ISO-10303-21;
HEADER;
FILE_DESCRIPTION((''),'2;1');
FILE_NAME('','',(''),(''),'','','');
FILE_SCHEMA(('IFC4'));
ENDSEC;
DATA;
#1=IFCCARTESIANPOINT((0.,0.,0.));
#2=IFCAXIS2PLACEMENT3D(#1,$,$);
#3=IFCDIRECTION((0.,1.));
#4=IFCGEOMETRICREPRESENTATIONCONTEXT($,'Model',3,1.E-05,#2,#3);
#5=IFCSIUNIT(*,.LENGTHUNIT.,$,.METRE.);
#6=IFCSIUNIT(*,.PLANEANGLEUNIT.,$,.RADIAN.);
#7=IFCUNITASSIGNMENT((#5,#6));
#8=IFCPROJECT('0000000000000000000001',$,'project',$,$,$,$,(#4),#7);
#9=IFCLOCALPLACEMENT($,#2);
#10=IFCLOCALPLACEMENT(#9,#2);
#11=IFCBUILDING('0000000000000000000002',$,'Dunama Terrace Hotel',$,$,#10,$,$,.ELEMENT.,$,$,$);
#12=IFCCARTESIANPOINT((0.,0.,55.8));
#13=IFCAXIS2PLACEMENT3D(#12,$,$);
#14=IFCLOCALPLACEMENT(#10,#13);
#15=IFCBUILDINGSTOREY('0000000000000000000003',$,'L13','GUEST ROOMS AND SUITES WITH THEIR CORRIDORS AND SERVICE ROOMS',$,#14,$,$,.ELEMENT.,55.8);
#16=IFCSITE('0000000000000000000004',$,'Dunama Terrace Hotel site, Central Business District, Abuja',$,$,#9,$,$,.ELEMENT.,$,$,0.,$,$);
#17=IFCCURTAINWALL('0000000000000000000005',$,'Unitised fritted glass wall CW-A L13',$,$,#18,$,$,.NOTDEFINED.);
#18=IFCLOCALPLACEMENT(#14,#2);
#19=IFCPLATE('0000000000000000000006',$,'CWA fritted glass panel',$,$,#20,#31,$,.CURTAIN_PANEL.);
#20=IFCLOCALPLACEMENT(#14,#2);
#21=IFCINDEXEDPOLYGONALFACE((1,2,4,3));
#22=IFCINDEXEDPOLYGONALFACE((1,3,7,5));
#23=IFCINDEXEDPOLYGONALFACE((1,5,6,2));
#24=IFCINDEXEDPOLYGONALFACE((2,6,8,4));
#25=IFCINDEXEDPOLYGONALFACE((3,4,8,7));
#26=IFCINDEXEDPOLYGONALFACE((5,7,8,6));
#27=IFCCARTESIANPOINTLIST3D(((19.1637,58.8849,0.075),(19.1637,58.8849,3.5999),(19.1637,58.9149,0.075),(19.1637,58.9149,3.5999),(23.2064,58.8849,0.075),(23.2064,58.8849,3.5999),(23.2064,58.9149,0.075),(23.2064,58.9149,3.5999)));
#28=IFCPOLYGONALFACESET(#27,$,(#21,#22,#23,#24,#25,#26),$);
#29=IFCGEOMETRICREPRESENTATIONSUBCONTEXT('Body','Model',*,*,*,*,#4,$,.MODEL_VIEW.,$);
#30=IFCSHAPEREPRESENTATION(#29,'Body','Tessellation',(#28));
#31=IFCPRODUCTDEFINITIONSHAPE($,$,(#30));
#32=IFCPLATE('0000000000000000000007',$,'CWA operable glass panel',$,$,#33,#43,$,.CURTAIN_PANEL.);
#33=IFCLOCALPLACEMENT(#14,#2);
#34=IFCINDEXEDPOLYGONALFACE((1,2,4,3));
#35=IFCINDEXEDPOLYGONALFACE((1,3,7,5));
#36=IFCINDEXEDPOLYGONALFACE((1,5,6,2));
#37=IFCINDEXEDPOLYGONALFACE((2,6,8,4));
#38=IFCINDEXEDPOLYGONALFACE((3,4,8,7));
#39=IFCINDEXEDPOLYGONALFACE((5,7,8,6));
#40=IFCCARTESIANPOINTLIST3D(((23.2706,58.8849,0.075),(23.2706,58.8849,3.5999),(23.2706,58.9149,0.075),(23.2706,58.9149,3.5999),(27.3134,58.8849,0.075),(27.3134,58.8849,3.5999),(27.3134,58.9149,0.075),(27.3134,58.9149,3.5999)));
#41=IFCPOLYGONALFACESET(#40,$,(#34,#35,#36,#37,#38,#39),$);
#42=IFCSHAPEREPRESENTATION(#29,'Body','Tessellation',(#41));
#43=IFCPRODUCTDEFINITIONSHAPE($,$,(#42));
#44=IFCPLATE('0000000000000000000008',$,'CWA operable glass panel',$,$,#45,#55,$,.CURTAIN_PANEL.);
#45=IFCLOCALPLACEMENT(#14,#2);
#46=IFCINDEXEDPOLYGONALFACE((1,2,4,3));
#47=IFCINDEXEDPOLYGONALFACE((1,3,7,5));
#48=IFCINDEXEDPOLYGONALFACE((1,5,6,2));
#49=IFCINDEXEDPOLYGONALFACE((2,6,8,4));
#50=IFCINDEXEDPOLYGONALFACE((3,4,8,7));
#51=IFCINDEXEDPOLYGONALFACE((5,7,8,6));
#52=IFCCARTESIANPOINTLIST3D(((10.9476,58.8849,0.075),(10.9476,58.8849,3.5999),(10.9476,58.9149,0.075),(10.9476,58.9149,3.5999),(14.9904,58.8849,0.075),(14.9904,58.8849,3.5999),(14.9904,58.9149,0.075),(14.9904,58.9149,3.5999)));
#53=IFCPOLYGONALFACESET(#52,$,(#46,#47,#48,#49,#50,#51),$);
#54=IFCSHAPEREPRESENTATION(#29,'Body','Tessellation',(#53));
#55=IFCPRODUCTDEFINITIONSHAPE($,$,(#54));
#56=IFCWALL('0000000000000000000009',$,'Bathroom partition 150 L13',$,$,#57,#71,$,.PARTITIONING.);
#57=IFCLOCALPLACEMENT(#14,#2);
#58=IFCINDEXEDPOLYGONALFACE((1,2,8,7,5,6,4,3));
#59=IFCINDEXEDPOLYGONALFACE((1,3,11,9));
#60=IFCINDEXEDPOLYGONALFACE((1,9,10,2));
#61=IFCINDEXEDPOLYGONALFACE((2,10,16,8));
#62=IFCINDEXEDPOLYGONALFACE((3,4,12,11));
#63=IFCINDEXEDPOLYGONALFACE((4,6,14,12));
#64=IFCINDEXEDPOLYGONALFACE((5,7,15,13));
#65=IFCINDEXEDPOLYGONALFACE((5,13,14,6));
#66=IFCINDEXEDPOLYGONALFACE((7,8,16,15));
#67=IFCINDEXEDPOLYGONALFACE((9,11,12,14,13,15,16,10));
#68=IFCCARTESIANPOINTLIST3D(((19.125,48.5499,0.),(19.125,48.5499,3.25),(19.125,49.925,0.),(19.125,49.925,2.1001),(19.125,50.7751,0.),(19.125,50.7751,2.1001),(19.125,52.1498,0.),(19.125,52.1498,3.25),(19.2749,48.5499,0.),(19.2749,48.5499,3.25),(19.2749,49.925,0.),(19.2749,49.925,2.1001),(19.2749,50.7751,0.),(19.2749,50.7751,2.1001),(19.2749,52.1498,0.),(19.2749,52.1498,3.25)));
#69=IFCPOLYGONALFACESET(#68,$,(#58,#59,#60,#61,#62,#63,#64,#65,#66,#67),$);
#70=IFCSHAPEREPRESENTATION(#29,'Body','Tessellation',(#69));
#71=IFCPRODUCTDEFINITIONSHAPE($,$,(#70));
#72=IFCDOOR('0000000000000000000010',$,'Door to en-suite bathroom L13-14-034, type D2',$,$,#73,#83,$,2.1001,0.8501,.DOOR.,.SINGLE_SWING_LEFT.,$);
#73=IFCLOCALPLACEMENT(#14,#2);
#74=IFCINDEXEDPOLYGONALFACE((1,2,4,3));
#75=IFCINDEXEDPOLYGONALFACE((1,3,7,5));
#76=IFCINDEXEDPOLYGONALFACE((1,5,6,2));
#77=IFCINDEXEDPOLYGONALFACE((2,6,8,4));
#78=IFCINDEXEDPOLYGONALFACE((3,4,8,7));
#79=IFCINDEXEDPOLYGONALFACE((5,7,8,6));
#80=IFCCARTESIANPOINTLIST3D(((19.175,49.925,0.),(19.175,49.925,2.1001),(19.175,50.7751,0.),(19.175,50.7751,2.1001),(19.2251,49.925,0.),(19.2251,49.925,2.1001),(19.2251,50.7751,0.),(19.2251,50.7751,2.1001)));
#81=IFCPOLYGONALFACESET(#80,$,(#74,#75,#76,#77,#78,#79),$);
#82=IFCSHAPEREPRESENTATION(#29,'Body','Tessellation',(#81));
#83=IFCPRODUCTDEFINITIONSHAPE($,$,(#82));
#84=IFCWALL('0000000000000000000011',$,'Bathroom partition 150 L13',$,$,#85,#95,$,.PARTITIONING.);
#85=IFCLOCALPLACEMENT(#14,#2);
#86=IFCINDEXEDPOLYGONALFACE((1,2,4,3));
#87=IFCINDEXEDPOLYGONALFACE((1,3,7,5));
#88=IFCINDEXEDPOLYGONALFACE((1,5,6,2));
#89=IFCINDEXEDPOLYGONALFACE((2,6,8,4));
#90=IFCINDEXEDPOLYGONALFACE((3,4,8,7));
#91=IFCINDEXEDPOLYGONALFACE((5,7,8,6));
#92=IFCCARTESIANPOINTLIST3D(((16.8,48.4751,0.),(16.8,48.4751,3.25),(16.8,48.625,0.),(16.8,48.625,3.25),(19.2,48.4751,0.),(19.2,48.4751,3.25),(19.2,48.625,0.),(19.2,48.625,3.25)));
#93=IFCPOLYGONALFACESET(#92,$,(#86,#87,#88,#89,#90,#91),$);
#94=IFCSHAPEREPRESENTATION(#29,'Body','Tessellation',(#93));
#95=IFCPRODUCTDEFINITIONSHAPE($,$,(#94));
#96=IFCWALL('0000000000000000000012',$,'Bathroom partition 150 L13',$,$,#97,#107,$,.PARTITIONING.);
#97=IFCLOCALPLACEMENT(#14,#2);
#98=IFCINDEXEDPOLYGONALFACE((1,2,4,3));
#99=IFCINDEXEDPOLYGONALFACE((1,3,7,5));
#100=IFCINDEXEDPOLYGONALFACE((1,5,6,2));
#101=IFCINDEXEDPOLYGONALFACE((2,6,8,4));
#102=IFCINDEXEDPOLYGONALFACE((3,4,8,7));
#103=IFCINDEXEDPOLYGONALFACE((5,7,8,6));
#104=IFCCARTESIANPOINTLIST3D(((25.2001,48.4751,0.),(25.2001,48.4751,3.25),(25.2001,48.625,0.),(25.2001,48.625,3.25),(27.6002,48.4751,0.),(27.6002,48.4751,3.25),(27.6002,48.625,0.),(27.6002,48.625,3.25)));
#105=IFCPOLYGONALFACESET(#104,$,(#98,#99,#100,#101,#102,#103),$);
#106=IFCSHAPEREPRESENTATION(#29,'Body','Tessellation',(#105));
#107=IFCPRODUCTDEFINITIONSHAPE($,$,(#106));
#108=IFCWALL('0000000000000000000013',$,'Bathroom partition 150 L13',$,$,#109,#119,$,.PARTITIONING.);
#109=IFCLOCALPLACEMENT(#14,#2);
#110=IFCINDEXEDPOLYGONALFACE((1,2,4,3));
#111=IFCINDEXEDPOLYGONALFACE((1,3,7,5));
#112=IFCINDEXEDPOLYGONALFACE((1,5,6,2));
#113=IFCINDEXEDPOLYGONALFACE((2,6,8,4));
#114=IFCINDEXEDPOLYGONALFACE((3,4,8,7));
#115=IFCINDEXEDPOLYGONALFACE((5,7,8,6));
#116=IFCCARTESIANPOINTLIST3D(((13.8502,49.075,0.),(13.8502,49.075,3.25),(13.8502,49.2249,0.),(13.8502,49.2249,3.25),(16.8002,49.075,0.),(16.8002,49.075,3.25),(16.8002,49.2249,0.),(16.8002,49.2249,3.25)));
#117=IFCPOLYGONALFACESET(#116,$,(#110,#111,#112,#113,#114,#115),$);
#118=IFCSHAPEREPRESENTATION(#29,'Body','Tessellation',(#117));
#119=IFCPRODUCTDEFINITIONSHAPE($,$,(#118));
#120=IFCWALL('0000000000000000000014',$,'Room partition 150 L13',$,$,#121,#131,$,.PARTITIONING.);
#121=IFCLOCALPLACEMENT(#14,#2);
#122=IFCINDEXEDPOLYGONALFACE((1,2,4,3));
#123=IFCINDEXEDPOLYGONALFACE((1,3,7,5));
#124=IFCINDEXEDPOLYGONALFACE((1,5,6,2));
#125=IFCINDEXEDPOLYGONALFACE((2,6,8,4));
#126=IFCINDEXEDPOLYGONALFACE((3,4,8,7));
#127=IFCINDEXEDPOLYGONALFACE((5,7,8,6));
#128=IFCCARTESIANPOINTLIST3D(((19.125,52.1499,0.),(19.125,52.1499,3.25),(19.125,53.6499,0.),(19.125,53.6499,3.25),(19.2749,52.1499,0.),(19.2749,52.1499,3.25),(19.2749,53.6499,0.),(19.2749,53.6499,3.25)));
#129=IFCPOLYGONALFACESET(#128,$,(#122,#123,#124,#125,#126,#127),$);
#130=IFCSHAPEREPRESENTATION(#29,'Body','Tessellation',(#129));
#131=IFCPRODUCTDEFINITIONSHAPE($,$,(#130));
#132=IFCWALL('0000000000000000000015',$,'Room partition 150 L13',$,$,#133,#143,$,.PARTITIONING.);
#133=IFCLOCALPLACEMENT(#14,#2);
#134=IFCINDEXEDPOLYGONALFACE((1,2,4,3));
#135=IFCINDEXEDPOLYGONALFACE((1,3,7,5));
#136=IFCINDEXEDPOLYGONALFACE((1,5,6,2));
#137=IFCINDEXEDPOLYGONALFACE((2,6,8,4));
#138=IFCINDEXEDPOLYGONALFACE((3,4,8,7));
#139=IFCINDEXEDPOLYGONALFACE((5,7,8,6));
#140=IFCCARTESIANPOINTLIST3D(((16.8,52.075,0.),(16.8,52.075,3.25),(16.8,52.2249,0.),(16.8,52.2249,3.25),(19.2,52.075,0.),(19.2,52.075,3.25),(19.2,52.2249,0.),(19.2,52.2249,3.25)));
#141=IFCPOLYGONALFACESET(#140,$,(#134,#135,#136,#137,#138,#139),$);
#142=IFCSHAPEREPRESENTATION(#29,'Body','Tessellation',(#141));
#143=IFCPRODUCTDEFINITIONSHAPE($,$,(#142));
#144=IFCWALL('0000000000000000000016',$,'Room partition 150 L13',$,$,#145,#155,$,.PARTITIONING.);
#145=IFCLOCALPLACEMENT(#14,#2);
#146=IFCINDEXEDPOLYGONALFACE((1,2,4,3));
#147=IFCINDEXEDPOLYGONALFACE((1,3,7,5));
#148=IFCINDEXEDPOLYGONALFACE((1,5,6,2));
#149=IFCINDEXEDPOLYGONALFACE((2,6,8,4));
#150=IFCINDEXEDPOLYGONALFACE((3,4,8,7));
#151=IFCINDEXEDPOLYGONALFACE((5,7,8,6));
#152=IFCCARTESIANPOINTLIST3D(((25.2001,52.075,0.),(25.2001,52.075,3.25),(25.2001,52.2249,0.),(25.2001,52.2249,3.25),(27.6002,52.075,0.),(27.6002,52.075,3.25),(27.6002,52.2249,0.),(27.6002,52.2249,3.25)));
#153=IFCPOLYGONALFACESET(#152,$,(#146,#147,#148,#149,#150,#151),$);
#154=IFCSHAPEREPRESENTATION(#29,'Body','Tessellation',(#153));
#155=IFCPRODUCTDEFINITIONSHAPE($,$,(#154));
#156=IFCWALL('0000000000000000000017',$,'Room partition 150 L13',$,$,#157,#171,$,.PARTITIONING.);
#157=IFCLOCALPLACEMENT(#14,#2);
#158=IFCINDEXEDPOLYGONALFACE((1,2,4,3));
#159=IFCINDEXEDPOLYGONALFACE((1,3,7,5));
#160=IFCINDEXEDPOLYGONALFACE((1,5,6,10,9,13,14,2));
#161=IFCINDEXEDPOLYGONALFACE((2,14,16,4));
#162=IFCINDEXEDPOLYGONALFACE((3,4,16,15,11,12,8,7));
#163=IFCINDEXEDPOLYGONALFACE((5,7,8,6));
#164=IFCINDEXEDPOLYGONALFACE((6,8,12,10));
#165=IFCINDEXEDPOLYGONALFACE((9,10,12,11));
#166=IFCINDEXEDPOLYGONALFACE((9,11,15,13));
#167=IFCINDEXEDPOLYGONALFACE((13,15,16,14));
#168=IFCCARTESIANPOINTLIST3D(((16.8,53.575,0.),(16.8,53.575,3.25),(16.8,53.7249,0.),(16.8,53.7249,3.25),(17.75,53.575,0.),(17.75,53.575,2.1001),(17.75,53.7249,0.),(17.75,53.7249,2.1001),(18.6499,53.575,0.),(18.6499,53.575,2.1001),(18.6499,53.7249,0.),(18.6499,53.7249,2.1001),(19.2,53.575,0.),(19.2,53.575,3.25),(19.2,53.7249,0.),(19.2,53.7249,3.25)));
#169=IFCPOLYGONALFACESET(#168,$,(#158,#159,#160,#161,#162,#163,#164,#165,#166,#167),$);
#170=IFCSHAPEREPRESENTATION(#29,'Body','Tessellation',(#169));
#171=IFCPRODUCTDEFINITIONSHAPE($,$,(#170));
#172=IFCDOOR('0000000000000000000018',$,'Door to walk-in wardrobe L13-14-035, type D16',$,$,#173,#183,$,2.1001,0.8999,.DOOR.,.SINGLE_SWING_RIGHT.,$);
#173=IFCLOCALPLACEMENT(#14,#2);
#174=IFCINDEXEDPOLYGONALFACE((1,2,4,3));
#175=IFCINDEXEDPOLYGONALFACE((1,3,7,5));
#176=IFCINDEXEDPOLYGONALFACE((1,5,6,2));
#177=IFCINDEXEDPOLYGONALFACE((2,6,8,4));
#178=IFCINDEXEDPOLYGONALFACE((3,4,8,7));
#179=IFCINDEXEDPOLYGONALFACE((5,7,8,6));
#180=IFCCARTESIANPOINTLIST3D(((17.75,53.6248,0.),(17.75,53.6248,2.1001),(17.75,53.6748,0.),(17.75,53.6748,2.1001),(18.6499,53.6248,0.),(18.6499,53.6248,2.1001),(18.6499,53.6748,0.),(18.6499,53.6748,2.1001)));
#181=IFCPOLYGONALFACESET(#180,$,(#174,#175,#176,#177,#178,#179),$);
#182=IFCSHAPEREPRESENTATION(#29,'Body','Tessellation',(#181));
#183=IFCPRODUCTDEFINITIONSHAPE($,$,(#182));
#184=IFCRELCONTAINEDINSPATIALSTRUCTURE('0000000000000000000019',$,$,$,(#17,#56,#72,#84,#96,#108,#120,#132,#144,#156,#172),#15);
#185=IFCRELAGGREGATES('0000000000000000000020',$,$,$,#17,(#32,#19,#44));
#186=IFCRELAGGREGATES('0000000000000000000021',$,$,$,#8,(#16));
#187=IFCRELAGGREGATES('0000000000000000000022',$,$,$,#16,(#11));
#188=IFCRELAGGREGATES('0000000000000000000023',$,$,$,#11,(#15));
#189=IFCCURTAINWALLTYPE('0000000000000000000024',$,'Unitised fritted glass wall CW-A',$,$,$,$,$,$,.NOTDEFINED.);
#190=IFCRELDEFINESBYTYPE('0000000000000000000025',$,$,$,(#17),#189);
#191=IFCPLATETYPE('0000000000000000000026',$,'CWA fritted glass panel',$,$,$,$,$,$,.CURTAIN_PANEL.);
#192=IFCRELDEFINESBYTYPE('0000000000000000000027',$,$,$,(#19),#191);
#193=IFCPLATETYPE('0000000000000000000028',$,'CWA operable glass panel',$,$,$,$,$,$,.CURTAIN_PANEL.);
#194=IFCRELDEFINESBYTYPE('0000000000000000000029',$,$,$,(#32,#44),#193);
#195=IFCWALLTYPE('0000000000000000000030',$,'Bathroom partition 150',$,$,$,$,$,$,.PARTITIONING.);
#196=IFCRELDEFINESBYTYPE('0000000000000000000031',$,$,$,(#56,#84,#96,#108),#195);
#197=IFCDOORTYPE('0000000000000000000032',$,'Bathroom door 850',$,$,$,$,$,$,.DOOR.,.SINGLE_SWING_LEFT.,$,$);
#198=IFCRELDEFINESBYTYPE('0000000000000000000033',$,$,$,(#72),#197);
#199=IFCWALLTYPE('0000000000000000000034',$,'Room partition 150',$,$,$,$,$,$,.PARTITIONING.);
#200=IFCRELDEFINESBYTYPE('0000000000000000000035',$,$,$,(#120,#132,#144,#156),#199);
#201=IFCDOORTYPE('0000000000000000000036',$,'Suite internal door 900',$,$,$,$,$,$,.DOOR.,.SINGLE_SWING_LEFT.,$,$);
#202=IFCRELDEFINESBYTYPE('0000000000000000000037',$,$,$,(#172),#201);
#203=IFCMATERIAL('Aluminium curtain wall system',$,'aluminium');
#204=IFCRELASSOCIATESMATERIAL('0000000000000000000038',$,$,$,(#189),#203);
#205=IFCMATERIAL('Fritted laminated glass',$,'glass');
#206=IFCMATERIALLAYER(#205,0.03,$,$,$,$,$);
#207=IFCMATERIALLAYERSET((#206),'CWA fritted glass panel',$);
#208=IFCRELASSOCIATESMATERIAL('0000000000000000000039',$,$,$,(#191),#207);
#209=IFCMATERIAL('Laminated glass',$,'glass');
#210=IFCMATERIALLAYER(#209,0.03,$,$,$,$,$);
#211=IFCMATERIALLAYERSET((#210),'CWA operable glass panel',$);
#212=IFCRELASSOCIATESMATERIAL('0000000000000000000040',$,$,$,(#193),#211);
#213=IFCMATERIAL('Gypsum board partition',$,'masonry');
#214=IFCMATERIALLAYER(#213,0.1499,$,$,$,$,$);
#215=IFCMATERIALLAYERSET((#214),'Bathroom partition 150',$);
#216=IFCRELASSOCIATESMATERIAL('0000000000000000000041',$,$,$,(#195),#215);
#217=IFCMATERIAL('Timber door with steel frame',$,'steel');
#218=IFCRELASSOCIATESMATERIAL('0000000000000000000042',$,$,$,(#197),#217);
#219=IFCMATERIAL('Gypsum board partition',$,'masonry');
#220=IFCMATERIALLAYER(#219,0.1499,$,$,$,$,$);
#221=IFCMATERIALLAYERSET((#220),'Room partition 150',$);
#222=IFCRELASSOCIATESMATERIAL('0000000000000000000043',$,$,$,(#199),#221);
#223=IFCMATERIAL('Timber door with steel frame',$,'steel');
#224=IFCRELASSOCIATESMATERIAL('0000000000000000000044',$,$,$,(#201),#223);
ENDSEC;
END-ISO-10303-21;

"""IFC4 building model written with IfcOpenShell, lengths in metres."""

from ifc_helpers import new_model, si_unit, direction, frame, frame_2d, origin, origin_2d, place, context, subcontext, project, spatial, rectangle, extrude, material, layer, layer_set, type_object, element, fill, aggregate, save


model = new_model("IFC4")

# Units and contexts
model_context = context("Model", 3, precision=1e-05, world=origin(), true_north=direction((0.0, 1.0)))
body_context = subcontext(model_context, "Body", "Model", "MODEL_VIEW")
ifc_project = project(units=[si_unit("LENGTHUNIT", "METRE"), si_unit("PLANEANGLEUNIT", "RADIAN")], contexts=[model_context])

# Site, building, storey
site_placement = place(None, origin())
site = spatial("IfcSite", under=ifc_project, at=site_placement, Name="Dunama Terrace Hotel site, Central Business District, Abuja", CompositionType="ELEMENT", RefElevation=0.0)
building_placement = place(site_placement, origin())
building = spatial("IfcBuilding", under=site, at=building_placement, Name="Dunama Terrace Hotel", CompositionType="ELEMENT")
storey_placement = place(building_placement, frame((0.0, 0.0, 55.8)))
storey = spatial("IfcBuildingStorey", under=building, at=storey_placement, Name="L13", Description="GUEST ROOMS AND SUITES WITH THEIR CORRIDORS AND SERVICE ROOMS", CompositionType="ELEMENT", Elevation=55.8)

# Curtain wall
ifc_material_1 = material(Name="Aluminium curtain wall system", Category="aluminium")
curtain_wall_type = type_object("IfcCurtainWallType", Name="Unitised fritted glass wall CW-A", PredefinedType="NOTDEFINED", material=ifc_material_1)
curtain_wall_placement = place(storey_placement, origin())
curtain_wall = element("IfcCurtainWall", 1, at=curtain_wall_placement, inside=storey, type_object=curtain_wall_type, Name="Unitised fritted glass wall CW-A L13", PredefinedType="NOTDEFINED")

# Plates
ifc_material_2 = material(Name="Fritted laminated glass", Category="glass")
ifc_layer_1 = layer(ifc_material_2, 0.03)
ifc_layer_set_1 = layer_set([ifc_layer_1], Name="CWA fritted glass panel")
plate_type_1 = type_object("IfcPlateType", Name="CWA fritted glass panel", PredefinedType="CURTAIN_PANEL", material=ifc_layer_set_1)
plate_1_placement = place(storey_placement, frame((21.1851, 58.8999, 0.075), z_axis=(0.0, 0.0, 1.0), x_axis=(-1.0, 0.0, 0.0)))
plate_1 = element("IfcPlate", 2, at=plate_1_placement, type_object=plate_type_1, Name="CWA fritted glass panel", PredefinedType="CURTAIN_PANEL", context=body_context, shape_type="SweptSolid", body=[
    extrude(rectangle(XDim=4.0427, YDim=0.03, at=origin_2d()), origin(), (0.0, 0.0, 1.0), 3.5249),
])
ifc_material_3 = material(Name="Laminated glass", Category="glass")
ifc_layer_2 = layer(ifc_material_3, 0.03)
ifc_layer_set_2 = layer_set([ifc_layer_2], Name="CWA operable glass panel")
plate_type_2 = type_object("IfcPlateType", Name="CWA operable glass panel", PredefinedType="CURTAIN_PANEL", material=ifc_layer_set_2)
plate_2_placement = place(storey_placement, frame((25.292, 58.8999, 0.075), z_axis=(0.0, 0.0, 1.0), x_axis=(-1.0, 0.0, 0.0)))
plate_2 = element("IfcPlate", 3, at=plate_2_placement, type_object=plate_type_2, Name="CWA operable glass panel", PredefinedType="CURTAIN_PANEL", context=body_context, shape_type="SweptSolid", body=[
    extrude(rectangle(XDim=4.0427, YDim=0.03, at=origin_2d()), origin(), (0.0, 0.0, 1.0), 3.5249),
])
plate_3_placement = place(storey_placement, frame((12.969, 58.8999, 0.075), z_axis=(0.0, 0.0, 1.0), x_axis=(-1.0, 0.0, 0.0)))
plate_3 = element("IfcPlate", 4, at=plate_3_placement, type_object=plate_type_2, Name="CWA operable glass panel", PredefinedType="CURTAIN_PANEL", context=body_context, shape_type="SweptSolid", body=[
    extrude(rectangle(XDim=4.0427, YDim=0.03, at=origin_2d()), origin(), (0.0, 0.0, 1.0), 3.5249),
])
aggregate(curtain_wall, [plate_2, plate_1, plate_3])

# Wall, opening, door
ifc_material_4 = material(Name="Gypsum board partition", Category="masonry")
ifc_layer_3 = layer(ifc_material_4, 0.1499)
ifc_layer_set_3 = layer_set([ifc_layer_3], Name="Bathroom partition 150")
wall_type_1 = type_object("IfcWallType", Name="Bathroom partition 150", PredefinedType="PARTITIONING", material=ifc_layer_set_3)
wall_1_placement = place(storey_placement, frame((19.2, 48.55, 0.0), z_axis=(0.0, 0.0, 1.0), x_axis=(0.0, 1.0, 0.0)))
wall_1 = element("IfcWall", 5, at=wall_1_placement, inside=storey, type_object=wall_type_1, Name="Bathroom partition 150 L13", PredefinedType="PARTITIONING", context=body_context, shape_type="SweptSolid", body=[
    extrude(rectangle(XDim=3.5999, YDim=0.1499, at=frame_2d((1.7998, 0.0))), origin(), (0.0, 0.0, 1.0), 3.25),
])
opening_1_placement = place(wall_1_placement, frame((1.375, 0.0, 0.0)))
opening_1 = element("IfcOpeningElement", 6, at=opening_1_placement, cuts=wall_1, PredefinedType="OPENING", context=body_context, shape_type="SweptSolid", body=[
    extrude(rectangle(XDim=0.8501, YDim=2.1001, at=frame_2d((0.425, 1.05))), frame((0.0, 0.085, 0.0), z_axis=(0.0, -1.0, 0.0), x_axis=(1.0, 0.0, 0.0)), (0.0, 0.0, 1.0), 0.1699),
])
ifc_material_5 = material(Name="Timber door with steel frame", Category="steel")
door_type_1 = type_object("IfcDoorType", Name="Bathroom door 850", OperationType="SINGLE_SWING_LEFT", PredefinedType="DOOR", material=ifc_material_5)
door_1_placement = place(opening_1_placement, origin())
door_1 = element("IfcDoor", 7, at=door_1_placement, inside=storey, type_object=door_type_1, Name="Door to en-suite bathroom L13-14-034, type D2", OperationType="SINGLE_SWING_LEFT", OverallHeight=2.1001, OverallWidth=0.8501, PredefinedType="DOOR", context=body_context, shape_type="SweptSolid", body=[
    extrude(rectangle(XDim=0.8501, YDim=2.1001, at=frame_2d((0.425, 1.05))), frame((0.0, 0.0249, 0.0), z_axis=(0.0, -1.0, 0.0), x_axis=(1.0, 0.0, 0.0)), (0.0, 0.0, 1.0), 0.05),
])
fill(opening_1, door_1)

# Walls
wall_2_placement = place(storey_placement, frame((16.8, 48.55, 0.0), z_axis=(0.0, 0.0, 1.0), x_axis=(1.0, 0.0, 0.0)))
element("IfcWall", 8, at=wall_2_placement, inside=storey, type_object=wall_type_1, Name="Bathroom partition 150 L13", PredefinedType="PARTITIONING", context=body_context, shape_type="SweptSolid", body=[
    extrude(rectangle(XDim=2.3999, YDim=0.1499, at=frame_2d((1.2, 0.0))), origin(), (0.0, 0.0, 1.0), 3.25),
])
wall_3_placement = place(storey_placement, frame((25.2, 48.55, 0.0), z_axis=(0.0, 0.0, 1.0), x_axis=(1.0, 0.0, 0.0)))
element("IfcWall", 9, at=wall_3_placement, inside=storey, type_object=wall_type_1, Name="Bathroom partition 150 L13", PredefinedType="PARTITIONING", context=body_context, shape_type="SweptSolid", body=[
    extrude(rectangle(XDim=2.4001, YDim=0.1499, at=frame_2d((1.2002, 0.0))), origin(), (0.0, 0.0, 1.0), 3.25),
])
wall_4_placement = place(storey_placement, frame((13.8501, 49.1499, 0.0), z_axis=(0.0, 0.0, 1.0), x_axis=(1.0, 0.0, 0.0)))
element("IfcWall", 10, at=wall_4_placement, inside=storey, type_object=wall_type_1, Name="Bathroom partition 150 L13", PredefinedType="PARTITIONING", context=body_context, shape_type="SweptSolid", body=[
    extrude(rectangle(XDim=2.95, YDim=0.1499, at=frame_2d((1.4751, 0.0))), origin(), (0.0, 0.0, 1.0), 3.25),
])
ifc_material_6 = material(Name="Gypsum board partition", Category="masonry")
ifc_layer_4 = layer(ifc_material_6, 0.1499)
ifc_layer_set_4 = layer_set([ifc_layer_4], Name="Room partition 150")
wall_type_2 = type_object("IfcWallType", Name="Room partition 150", PredefinedType="PARTITIONING", material=ifc_layer_set_4)
wall_5_placement = place(storey_placement, frame((19.2, 52.1499, 0.0), z_axis=(0.0, 0.0, 1.0), x_axis=(0.0, 1.0, 0.0)))
element("IfcWall", 11, at=wall_5_placement, inside=storey, type_object=wall_type_2, Name="Room partition 150 L13", PredefinedType="PARTITIONING", context=body_context, shape_type="SweptSolid", body=[
    extrude(rectangle(XDim=1.5, YDim=0.1499, at=frame_2d((0.75, 0.0))), origin(), (0.0, 0.0, 1.0), 3.25),
])
wall_6_placement = place(storey_placement, frame((16.8, 52.1499, 0.0), z_axis=(0.0, 0.0, 1.0), x_axis=(1.0, 0.0, 0.0)))
element("IfcWall", 12, at=wall_6_placement, inside=storey, type_object=wall_type_2, Name="Room partition 150 L13", PredefinedType="PARTITIONING", context=body_context, shape_type="SweptSolid", body=[
    extrude(rectangle(XDim=2.3999, YDim=0.1499, at=frame_2d((1.2, 0.0))), origin(), (0.0, 0.0, 1.0), 3.25),
])
wall_7_placement = place(storey_placement, frame((25.2, 52.1499, 0.0), z_axis=(0.0, 0.0, 1.0), x_axis=(1.0, 0.0, 0.0)))
element("IfcWall", 13, at=wall_7_placement, inside=storey, type_object=wall_type_2, Name="Room partition 150 L13", PredefinedType="PARTITIONING", context=body_context, shape_type="SweptSolid", body=[
    extrude(rectangle(XDim=2.4001, YDim=0.1499, at=frame_2d((1.2002, 0.0))), origin(), (0.0, 0.0, 1.0), 3.25),
])

# Wall, opening, door
wall_8_placement = place(storey_placement, frame((16.8, 53.6499, 0.0), z_axis=(0.0, 0.0, 1.0), x_axis=(1.0, 0.0, 0.0)))
wall_8 = element("IfcWall", 14, at=wall_8_placement, inside=storey, type_object=wall_type_2, Name="Room partition 150 L13", PredefinedType="PARTITIONING", context=body_context, shape_type="SweptSolid", body=[
    extrude(rectangle(XDim=2.3999, YDim=0.1499, at=frame_2d((1.2, 0.0))), origin(), (0.0, 0.0, 1.0), 3.25),
])
opening_2_placement = place(wall_8_placement, frame((0.95, 0.0, 0.0)))
opening_2 = element("IfcOpeningElement", 15, at=opening_2_placement, cuts=wall_8, PredefinedType="OPENING", context=body_context, shape_type="SweptSolid", body=[
    extrude(rectangle(XDim=0.8999, YDim=2.1001, at=frame_2d((0.45, 1.05))), frame((0.0, 0.085, 0.0), z_axis=(0.0, -1.0, 0.0), x_axis=(1.0, 0.0, 0.0)), (0.0, 0.0, 1.0), 0.1699),
])
ifc_material_7 = material(Name="Timber door with steel frame", Category="steel")
door_type_2 = type_object("IfcDoorType", Name="Suite internal door 900", OperationType="SINGLE_SWING_LEFT", PredefinedType="DOOR", material=ifc_material_7)
door_2_placement = place(opening_2_placement, frame((0.8999, 0.0, 0.0), z_axis=(0.0, 0.0, 1.0), x_axis=(-1.0, 0.0, 0.0)))
door_2 = element("IfcDoor", 16, at=door_2_placement, inside=storey, type_object=door_type_2, Name="Door to walk-in wardrobe L13-14-035, type D16", OperationType="SINGLE_SWING_RIGHT", OverallHeight=2.1001, OverallWidth=0.8999, PredefinedType="DOOR", context=body_context, shape_type="SweptSolid", body=[
    extrude(rectangle(XDim=0.8999, YDim=2.1001, at=frame_2d((0.45, 1.05))), frame((0.0, 0.0251, 0.0), z_axis=(0.0, -1.0, 0.0), x_axis=(1.0, 0.0, 0.0)), (0.0, 0.0, 1.0), 0.05),
])
fill(opening_2, door_2)

save(model, "model.ifc")
